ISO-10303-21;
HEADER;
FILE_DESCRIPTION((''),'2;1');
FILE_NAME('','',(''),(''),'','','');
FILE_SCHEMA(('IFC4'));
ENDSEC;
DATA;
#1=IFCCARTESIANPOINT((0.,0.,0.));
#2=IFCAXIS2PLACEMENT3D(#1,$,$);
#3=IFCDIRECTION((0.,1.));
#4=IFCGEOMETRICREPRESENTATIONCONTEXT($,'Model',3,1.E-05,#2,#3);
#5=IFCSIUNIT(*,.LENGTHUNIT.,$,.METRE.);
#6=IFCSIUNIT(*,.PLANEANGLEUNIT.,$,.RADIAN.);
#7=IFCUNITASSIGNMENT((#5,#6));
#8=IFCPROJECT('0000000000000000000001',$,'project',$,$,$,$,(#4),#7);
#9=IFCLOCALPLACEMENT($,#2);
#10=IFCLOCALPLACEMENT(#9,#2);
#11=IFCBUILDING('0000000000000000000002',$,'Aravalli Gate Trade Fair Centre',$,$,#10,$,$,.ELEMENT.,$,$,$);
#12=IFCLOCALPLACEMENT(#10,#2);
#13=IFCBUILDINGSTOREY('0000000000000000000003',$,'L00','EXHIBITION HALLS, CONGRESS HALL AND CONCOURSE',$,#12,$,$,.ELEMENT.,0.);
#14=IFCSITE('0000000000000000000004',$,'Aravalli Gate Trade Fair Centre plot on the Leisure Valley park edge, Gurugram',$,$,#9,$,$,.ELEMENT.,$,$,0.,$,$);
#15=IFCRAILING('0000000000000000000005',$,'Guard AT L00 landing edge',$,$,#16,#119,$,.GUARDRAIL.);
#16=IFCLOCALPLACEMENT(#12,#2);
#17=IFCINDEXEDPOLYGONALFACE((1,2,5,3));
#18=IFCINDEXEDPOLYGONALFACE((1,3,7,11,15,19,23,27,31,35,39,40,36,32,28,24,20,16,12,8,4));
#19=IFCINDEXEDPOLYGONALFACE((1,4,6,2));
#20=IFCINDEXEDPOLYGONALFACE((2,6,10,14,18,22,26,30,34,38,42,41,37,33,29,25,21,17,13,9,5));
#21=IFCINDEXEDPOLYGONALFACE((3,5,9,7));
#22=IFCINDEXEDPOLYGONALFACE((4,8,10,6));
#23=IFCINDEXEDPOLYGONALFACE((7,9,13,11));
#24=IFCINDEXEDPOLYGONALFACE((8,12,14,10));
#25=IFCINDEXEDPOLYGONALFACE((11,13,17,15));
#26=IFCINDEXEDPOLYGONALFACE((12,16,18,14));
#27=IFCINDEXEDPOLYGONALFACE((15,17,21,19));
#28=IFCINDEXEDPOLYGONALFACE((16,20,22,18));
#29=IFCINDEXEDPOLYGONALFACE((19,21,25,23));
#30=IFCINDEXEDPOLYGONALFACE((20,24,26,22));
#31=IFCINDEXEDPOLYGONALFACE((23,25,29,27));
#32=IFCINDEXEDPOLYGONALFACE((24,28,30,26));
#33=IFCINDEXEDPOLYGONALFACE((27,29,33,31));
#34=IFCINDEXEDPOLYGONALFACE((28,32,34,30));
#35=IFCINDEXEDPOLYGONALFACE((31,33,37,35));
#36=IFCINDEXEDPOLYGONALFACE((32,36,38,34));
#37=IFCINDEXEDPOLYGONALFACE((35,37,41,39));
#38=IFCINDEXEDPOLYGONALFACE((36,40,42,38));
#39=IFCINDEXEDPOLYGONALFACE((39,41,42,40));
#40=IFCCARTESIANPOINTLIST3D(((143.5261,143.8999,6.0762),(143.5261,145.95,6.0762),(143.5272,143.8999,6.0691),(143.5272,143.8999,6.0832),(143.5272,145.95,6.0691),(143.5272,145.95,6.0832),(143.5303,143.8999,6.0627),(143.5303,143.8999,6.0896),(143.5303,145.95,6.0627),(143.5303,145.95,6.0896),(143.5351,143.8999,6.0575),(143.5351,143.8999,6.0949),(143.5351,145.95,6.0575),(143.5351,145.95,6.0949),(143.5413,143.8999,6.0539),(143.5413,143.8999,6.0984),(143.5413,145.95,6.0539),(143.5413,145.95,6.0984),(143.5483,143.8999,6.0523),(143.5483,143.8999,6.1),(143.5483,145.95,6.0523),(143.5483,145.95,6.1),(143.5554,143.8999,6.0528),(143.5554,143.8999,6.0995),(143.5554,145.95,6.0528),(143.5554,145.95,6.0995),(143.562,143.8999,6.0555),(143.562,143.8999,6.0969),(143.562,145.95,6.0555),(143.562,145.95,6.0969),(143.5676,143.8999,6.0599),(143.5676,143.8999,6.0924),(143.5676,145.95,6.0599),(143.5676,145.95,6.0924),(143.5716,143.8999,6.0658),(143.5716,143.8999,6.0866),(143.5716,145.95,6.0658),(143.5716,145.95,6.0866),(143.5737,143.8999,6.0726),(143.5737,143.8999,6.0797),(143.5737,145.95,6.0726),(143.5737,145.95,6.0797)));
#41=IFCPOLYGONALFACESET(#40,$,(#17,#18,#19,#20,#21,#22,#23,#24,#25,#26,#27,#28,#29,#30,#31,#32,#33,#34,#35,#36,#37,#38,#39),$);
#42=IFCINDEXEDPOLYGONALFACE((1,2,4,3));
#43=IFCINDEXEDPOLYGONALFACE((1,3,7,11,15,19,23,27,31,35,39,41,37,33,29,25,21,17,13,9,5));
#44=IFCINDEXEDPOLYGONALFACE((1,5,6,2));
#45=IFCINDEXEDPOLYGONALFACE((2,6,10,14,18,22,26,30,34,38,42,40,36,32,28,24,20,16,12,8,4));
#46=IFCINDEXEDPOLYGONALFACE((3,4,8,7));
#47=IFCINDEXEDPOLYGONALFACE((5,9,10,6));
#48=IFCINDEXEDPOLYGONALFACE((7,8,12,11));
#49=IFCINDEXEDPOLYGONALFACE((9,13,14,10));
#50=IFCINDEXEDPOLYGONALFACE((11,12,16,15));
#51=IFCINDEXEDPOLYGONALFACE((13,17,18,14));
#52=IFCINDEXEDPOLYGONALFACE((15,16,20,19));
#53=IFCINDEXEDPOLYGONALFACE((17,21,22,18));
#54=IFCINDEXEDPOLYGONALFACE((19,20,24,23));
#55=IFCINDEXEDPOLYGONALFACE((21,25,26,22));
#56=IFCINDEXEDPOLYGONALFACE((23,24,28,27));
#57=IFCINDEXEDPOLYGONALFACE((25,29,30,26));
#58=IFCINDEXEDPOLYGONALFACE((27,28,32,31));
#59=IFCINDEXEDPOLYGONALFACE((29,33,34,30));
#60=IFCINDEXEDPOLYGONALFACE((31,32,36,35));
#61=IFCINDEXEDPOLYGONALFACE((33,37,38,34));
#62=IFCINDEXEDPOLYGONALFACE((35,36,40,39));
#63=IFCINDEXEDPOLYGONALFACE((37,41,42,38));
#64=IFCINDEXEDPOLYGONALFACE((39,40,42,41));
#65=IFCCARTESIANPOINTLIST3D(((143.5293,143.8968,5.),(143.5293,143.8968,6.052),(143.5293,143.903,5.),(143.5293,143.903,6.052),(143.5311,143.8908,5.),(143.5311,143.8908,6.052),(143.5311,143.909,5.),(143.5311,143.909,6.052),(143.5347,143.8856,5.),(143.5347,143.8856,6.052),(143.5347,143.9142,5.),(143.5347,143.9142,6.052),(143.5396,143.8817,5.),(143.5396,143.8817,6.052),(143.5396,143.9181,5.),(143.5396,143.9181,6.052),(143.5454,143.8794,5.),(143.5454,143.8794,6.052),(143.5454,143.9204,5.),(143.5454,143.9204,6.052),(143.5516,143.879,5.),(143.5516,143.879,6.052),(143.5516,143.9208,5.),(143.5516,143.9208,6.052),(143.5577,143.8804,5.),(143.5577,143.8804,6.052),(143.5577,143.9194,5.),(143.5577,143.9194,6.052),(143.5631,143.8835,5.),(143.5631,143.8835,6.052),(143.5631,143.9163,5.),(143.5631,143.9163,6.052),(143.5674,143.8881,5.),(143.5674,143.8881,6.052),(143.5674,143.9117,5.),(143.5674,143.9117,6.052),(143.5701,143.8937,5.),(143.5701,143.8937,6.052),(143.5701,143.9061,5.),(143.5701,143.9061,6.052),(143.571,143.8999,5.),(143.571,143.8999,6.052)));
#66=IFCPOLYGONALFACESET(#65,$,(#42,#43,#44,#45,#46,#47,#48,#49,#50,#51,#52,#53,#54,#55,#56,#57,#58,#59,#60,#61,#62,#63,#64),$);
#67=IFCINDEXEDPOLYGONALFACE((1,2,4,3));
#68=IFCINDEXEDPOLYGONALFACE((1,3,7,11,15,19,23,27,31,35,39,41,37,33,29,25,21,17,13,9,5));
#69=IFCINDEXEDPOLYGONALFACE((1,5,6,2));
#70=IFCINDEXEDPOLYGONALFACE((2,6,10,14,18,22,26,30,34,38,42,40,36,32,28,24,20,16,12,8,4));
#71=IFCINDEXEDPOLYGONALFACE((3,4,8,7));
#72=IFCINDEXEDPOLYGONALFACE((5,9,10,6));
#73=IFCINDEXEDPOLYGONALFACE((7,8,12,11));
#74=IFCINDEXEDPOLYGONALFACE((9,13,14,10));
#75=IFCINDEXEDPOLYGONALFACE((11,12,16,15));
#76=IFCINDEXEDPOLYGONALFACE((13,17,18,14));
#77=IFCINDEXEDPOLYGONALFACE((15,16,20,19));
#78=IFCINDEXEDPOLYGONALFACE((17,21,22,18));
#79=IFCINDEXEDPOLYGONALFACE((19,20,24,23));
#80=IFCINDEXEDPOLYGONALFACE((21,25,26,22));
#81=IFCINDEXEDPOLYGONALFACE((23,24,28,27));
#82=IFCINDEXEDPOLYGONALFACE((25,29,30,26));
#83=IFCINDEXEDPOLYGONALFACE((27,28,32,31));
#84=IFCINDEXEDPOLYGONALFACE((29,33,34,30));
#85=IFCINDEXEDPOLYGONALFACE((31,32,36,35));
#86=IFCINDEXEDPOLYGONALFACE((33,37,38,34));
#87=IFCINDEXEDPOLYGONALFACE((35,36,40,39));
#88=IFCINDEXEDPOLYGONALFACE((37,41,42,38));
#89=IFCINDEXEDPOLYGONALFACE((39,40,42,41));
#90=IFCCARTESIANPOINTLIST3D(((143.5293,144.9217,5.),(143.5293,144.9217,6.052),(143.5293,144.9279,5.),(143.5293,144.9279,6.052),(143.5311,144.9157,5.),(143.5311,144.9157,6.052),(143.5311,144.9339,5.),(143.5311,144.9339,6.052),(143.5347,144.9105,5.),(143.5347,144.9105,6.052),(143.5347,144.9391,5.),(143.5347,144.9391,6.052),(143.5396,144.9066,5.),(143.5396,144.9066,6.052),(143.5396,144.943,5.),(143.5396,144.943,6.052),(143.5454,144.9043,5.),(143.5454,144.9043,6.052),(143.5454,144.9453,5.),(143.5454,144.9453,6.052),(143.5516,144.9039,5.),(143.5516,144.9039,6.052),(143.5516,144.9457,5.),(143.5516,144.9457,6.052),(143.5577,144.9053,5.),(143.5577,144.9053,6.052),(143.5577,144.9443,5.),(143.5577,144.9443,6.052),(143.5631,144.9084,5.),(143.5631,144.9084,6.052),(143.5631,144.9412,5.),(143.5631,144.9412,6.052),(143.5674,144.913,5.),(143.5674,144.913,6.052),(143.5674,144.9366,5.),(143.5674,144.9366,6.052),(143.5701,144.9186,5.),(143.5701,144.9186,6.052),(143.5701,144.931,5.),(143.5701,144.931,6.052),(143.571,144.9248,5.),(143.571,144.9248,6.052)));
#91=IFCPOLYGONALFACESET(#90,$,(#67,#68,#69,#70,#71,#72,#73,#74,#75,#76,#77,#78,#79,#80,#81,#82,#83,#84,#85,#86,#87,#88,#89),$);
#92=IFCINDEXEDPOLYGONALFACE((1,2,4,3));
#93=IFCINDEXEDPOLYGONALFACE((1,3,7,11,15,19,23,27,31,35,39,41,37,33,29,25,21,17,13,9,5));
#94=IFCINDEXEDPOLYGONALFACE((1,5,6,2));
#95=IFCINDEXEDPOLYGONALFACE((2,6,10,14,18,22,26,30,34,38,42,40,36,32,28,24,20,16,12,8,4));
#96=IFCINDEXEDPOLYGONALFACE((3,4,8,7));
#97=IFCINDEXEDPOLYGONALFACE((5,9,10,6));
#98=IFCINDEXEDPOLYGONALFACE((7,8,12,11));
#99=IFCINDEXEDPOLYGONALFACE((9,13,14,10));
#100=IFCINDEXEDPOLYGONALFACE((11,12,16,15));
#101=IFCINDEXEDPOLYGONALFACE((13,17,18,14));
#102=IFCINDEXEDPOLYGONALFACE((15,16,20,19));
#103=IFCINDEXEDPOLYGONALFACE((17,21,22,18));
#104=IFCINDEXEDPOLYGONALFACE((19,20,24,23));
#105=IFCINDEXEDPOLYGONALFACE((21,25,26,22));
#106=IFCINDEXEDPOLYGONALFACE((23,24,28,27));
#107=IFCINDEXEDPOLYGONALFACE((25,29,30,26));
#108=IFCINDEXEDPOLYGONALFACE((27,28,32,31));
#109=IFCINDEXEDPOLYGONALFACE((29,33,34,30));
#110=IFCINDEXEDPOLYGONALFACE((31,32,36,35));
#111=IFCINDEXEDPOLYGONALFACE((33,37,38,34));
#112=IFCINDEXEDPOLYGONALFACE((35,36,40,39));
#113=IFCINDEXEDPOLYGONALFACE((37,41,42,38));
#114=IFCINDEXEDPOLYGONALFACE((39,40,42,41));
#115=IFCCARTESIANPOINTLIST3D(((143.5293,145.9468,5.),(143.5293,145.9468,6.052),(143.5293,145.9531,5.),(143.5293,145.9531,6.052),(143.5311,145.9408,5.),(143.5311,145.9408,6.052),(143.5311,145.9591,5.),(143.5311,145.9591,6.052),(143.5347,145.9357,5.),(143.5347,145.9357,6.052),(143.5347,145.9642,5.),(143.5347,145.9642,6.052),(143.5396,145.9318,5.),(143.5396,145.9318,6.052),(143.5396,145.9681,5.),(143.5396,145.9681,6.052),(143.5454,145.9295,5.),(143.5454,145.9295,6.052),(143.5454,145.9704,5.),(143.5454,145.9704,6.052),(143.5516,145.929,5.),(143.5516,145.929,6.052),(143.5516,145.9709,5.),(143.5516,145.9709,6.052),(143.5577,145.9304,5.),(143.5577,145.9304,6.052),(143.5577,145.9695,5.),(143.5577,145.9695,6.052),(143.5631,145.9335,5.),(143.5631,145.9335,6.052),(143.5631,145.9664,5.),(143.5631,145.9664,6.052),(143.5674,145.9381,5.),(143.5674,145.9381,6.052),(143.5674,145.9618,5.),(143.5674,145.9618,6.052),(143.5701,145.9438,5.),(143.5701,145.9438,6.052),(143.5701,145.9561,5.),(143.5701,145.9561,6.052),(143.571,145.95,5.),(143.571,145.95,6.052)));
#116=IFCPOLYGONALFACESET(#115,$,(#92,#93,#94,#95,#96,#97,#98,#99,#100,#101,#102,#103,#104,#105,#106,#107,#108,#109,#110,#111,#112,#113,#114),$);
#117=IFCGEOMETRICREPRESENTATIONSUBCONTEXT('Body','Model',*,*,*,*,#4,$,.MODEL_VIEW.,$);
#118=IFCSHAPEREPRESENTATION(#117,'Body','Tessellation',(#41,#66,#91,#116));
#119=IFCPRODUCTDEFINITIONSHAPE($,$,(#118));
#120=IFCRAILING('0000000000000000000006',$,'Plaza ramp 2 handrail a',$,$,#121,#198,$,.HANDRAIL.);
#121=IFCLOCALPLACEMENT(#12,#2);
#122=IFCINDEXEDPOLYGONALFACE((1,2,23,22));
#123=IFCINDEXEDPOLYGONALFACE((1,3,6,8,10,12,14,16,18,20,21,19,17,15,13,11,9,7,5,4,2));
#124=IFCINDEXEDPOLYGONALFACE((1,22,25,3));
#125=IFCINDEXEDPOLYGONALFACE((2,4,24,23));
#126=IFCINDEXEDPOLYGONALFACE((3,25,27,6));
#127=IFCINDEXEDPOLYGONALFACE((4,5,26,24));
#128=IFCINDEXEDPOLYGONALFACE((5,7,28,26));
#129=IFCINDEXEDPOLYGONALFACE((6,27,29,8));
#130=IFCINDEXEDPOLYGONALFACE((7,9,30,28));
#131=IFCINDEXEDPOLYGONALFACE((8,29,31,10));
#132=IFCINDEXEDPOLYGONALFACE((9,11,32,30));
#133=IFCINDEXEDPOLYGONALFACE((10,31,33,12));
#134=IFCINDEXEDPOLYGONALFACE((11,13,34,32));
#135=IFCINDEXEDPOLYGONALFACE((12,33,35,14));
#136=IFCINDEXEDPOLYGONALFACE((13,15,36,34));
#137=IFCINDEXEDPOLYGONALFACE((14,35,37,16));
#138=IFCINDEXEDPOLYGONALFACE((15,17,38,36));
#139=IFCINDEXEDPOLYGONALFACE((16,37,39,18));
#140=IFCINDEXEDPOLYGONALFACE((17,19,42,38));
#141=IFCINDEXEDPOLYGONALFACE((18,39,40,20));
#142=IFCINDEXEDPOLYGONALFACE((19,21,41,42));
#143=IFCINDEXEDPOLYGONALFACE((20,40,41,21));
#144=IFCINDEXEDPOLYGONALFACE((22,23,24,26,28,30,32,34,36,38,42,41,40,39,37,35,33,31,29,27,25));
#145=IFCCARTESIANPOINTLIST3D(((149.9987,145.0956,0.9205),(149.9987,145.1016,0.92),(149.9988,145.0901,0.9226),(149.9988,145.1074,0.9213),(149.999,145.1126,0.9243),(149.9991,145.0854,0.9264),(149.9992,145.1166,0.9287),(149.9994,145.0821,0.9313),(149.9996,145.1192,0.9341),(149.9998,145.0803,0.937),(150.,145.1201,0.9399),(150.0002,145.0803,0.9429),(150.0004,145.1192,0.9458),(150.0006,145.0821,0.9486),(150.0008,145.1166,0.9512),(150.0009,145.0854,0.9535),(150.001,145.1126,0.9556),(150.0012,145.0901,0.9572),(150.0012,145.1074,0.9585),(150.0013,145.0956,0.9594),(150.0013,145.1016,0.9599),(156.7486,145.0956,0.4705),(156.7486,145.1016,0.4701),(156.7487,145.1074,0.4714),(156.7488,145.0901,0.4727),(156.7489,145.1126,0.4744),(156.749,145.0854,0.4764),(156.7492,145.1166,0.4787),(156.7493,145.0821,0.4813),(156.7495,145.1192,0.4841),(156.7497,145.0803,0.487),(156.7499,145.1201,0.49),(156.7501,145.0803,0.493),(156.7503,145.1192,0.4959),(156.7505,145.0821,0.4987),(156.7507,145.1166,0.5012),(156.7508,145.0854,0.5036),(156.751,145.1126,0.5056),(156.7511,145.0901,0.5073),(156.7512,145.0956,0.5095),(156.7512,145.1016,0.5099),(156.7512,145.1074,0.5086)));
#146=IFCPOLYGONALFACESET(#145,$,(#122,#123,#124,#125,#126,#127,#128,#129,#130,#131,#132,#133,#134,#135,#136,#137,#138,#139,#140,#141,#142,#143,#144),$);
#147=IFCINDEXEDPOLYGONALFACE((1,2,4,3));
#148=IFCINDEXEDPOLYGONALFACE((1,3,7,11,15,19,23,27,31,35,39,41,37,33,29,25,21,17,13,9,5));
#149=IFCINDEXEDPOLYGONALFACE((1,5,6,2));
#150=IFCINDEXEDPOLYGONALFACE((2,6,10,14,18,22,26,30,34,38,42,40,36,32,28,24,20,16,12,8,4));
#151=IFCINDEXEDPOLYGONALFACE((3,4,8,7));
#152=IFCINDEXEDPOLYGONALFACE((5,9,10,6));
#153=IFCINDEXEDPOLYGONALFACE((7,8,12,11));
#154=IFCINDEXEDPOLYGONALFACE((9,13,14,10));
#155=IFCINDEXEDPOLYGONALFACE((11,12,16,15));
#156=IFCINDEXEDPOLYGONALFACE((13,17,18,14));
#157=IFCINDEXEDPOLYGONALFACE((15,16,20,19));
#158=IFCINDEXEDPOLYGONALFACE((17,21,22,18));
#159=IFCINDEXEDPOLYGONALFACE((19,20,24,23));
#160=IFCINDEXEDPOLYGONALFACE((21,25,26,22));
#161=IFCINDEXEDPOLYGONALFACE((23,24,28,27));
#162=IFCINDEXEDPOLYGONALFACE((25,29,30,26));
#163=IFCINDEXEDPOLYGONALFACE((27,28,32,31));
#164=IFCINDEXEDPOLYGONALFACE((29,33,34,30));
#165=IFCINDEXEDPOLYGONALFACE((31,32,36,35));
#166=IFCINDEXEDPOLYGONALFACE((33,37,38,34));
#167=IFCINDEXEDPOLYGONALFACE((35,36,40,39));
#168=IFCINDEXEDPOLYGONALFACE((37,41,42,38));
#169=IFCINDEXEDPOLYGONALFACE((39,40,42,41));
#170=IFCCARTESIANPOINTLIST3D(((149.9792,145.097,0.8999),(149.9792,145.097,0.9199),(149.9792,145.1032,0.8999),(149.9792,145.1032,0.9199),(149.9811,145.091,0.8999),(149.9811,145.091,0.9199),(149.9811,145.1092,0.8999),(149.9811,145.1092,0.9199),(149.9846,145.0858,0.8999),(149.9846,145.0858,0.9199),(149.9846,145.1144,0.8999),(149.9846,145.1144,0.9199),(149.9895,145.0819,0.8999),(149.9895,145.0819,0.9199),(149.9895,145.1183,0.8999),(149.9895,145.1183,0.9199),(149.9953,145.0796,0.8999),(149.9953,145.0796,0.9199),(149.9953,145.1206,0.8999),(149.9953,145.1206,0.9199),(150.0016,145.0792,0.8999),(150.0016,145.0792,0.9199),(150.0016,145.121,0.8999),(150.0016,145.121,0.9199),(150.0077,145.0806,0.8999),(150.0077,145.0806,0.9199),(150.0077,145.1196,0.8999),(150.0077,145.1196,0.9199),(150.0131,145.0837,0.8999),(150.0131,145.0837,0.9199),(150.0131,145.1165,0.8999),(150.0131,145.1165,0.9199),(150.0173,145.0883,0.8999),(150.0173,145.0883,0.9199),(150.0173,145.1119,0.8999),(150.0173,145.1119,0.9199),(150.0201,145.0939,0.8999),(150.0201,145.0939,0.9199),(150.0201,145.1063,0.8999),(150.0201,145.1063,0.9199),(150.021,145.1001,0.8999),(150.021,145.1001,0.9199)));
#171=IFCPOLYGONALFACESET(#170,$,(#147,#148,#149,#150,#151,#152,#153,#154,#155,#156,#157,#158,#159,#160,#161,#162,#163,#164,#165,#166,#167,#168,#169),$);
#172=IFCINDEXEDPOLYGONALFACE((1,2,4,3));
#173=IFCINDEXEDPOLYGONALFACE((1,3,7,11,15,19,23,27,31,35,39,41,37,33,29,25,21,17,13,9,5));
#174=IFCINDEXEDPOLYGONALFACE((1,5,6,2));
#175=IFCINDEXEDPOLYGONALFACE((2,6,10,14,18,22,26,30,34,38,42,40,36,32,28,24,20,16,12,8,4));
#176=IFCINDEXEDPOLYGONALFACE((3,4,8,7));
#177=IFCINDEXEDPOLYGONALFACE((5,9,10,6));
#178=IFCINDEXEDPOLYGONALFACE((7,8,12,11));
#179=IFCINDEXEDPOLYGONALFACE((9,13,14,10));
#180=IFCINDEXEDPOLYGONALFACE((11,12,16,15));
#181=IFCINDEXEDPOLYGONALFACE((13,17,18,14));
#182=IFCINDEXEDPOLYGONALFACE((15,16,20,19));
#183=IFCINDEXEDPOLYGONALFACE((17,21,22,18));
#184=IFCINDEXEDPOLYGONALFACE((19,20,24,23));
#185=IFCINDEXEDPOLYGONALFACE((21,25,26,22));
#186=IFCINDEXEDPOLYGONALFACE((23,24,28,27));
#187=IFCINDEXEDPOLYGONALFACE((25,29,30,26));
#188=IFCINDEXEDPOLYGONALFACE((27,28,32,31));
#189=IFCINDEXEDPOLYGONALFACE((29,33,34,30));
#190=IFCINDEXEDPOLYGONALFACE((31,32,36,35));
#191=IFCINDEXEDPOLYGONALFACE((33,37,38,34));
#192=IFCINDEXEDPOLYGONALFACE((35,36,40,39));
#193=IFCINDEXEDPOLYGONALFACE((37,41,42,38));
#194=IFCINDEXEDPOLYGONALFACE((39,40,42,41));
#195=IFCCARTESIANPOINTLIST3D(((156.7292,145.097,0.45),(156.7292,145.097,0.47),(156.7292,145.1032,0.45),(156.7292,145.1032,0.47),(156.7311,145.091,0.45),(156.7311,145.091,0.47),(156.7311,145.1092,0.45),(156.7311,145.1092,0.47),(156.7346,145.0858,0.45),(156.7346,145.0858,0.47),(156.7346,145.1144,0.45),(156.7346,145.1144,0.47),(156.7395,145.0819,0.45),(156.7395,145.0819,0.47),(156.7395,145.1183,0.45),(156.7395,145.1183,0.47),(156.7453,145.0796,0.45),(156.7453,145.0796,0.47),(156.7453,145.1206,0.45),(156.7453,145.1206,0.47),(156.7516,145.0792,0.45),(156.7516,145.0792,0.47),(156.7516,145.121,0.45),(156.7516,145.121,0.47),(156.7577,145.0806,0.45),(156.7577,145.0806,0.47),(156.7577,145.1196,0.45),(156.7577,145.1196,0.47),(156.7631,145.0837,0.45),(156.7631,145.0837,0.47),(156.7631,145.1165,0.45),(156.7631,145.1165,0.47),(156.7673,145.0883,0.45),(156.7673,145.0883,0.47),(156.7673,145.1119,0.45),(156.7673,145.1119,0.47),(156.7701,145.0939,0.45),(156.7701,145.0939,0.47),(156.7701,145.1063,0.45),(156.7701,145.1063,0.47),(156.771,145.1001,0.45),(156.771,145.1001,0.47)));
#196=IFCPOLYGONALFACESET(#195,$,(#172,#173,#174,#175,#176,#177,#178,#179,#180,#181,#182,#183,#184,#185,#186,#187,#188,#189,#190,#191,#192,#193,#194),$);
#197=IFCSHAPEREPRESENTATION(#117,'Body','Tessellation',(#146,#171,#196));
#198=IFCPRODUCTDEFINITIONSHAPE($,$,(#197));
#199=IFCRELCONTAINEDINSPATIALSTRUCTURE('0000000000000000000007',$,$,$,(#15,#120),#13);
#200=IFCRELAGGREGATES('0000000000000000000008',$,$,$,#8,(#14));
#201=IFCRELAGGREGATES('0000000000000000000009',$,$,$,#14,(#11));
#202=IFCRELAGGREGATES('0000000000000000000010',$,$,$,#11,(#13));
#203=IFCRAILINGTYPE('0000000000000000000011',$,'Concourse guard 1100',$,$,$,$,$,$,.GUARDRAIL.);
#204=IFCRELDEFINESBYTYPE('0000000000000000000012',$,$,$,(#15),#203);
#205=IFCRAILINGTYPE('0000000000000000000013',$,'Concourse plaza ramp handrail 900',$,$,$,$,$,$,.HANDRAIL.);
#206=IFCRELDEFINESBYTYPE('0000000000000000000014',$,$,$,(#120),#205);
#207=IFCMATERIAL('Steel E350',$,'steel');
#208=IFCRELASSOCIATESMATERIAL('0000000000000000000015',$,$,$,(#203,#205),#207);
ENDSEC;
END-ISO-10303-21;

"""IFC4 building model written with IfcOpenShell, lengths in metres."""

from ifc_helpers import new_model, si_unit, direction, frame, origin, origin_2d, place, context, subcontext, project, spatial, circle, extrude, material, type_object, element, save


model = new_model("IFC4")

# Units and contexts
model_context = context("Model", 3, precision=1e-05, world=origin(), true_north=direction((0.0, 1.0)))
body_context = subcontext(model_context, "Body", "Model", "MODEL_VIEW")
ifc_project = project(units=[si_unit("LENGTHUNIT", "METRE"), si_unit("PLANEANGLEUNIT", "RADIAN")], contexts=[model_context])

# Site, building, storey
site_placement = place(None, origin())
site = spatial("IfcSite", under=ifc_project, at=site_placement, Name="Aravalli Gate Trade Fair Centre plot on the Leisure Valley park edge, Gurugram", CompositionType="ELEMENT", RefElevation=0.0)
building_placement = place(site_placement, origin())
building = spatial("IfcBuilding", under=site, at=building_placement, Name="Aravalli Gate Trade Fair Centre", CompositionType="ELEMENT")
storey_placement = place(building_placement, origin())
storey = spatial("IfcBuildingStorey", under=building, at=storey_placement, Name="L00", Description="EXHIBITION HALLS, CONGRESS HALL AND CONCOURSE", CompositionType="ELEMENT", Elevation=0.0)

# Shared definitions
ifc_material_1 = material(Name="Steel E350", Category="steel")

# Railings
railing_type_1 = type_object("IfcRailingType", Name="Concourse guard 1100", PredefinedType="GUARDRAIL", material=ifc_material_1)
railing_placement = place(storey_placement, frame((143.55, 143.8999, 5.0)))
element("IfcRailing", 1, at=railing_placement, inside=storey, type_object=railing_type_1, Name="Guard AT L00 landing edge", PredefinedType="GUARDRAIL", context=body_context, shape_type="SweptSolid", body=[
    extrude(circle(Radius=0.0239, at=origin_2d()), frame((0.0, 0.0, 1.0762), z_axis=(0.0, 1.0, 0.0), x_axis=(-1.0, 0.0, 0.0)), (0.0, 0.0, 1.0), 2.05),
    extrude(circle(Radius=0.021, at=origin_2d()), origin(), (0.0, 0.0, 1.0), 1.052),
    extrude(circle(Radius=0.021, at=origin_2d()), frame((0.0, 1.0249, 0.0)), (0.0, 0.0, 1.0), 1.052),
    extrude(circle(Radius=0.021, at=origin_2d()), frame((0.0, 2.05, 0.0)), (0.0, 0.0, 1.0), 1.052),
])
railing_type_2 = type_object("IfcRailingType", Name="Concourse plaza ramp handrail 900", PredefinedType="HANDRAIL", material=ifc_material_1)
for number, where, name in (
    (2, (150.0, 145.1001, 0.8999), "Plaza ramp 2 handrail a"),
):
    element("IfcRailing", number, at=place(storey_placement, frame(where)), inside=storey, type_object=railing_type_2, Name=name, PredefinedType="HANDRAIL", context=body_context, shape_type="SweptSolid", body=[
        extrude(circle(Radius=0.02, at=origin_2d()), frame((0.0, 0.0, 0.04), z_axis=(0.997786, 0.0, -0.066512), x_axis=(0.0, 1.0, 0.0)), (0.0, 0.0, 1.0), 6.7649),
        extrude(circle(Radius=0.021, at=origin_2d()), origin(), (0.0, 0.0, 1.0), 0.02),
        extrude(circle(Radius=0.021, at=origin_2d()), frame((6.75, 0.0, -0.45)), (0.0, 0.0, 1.0), 0.02),
    ])

save(model, "model.ifc")
